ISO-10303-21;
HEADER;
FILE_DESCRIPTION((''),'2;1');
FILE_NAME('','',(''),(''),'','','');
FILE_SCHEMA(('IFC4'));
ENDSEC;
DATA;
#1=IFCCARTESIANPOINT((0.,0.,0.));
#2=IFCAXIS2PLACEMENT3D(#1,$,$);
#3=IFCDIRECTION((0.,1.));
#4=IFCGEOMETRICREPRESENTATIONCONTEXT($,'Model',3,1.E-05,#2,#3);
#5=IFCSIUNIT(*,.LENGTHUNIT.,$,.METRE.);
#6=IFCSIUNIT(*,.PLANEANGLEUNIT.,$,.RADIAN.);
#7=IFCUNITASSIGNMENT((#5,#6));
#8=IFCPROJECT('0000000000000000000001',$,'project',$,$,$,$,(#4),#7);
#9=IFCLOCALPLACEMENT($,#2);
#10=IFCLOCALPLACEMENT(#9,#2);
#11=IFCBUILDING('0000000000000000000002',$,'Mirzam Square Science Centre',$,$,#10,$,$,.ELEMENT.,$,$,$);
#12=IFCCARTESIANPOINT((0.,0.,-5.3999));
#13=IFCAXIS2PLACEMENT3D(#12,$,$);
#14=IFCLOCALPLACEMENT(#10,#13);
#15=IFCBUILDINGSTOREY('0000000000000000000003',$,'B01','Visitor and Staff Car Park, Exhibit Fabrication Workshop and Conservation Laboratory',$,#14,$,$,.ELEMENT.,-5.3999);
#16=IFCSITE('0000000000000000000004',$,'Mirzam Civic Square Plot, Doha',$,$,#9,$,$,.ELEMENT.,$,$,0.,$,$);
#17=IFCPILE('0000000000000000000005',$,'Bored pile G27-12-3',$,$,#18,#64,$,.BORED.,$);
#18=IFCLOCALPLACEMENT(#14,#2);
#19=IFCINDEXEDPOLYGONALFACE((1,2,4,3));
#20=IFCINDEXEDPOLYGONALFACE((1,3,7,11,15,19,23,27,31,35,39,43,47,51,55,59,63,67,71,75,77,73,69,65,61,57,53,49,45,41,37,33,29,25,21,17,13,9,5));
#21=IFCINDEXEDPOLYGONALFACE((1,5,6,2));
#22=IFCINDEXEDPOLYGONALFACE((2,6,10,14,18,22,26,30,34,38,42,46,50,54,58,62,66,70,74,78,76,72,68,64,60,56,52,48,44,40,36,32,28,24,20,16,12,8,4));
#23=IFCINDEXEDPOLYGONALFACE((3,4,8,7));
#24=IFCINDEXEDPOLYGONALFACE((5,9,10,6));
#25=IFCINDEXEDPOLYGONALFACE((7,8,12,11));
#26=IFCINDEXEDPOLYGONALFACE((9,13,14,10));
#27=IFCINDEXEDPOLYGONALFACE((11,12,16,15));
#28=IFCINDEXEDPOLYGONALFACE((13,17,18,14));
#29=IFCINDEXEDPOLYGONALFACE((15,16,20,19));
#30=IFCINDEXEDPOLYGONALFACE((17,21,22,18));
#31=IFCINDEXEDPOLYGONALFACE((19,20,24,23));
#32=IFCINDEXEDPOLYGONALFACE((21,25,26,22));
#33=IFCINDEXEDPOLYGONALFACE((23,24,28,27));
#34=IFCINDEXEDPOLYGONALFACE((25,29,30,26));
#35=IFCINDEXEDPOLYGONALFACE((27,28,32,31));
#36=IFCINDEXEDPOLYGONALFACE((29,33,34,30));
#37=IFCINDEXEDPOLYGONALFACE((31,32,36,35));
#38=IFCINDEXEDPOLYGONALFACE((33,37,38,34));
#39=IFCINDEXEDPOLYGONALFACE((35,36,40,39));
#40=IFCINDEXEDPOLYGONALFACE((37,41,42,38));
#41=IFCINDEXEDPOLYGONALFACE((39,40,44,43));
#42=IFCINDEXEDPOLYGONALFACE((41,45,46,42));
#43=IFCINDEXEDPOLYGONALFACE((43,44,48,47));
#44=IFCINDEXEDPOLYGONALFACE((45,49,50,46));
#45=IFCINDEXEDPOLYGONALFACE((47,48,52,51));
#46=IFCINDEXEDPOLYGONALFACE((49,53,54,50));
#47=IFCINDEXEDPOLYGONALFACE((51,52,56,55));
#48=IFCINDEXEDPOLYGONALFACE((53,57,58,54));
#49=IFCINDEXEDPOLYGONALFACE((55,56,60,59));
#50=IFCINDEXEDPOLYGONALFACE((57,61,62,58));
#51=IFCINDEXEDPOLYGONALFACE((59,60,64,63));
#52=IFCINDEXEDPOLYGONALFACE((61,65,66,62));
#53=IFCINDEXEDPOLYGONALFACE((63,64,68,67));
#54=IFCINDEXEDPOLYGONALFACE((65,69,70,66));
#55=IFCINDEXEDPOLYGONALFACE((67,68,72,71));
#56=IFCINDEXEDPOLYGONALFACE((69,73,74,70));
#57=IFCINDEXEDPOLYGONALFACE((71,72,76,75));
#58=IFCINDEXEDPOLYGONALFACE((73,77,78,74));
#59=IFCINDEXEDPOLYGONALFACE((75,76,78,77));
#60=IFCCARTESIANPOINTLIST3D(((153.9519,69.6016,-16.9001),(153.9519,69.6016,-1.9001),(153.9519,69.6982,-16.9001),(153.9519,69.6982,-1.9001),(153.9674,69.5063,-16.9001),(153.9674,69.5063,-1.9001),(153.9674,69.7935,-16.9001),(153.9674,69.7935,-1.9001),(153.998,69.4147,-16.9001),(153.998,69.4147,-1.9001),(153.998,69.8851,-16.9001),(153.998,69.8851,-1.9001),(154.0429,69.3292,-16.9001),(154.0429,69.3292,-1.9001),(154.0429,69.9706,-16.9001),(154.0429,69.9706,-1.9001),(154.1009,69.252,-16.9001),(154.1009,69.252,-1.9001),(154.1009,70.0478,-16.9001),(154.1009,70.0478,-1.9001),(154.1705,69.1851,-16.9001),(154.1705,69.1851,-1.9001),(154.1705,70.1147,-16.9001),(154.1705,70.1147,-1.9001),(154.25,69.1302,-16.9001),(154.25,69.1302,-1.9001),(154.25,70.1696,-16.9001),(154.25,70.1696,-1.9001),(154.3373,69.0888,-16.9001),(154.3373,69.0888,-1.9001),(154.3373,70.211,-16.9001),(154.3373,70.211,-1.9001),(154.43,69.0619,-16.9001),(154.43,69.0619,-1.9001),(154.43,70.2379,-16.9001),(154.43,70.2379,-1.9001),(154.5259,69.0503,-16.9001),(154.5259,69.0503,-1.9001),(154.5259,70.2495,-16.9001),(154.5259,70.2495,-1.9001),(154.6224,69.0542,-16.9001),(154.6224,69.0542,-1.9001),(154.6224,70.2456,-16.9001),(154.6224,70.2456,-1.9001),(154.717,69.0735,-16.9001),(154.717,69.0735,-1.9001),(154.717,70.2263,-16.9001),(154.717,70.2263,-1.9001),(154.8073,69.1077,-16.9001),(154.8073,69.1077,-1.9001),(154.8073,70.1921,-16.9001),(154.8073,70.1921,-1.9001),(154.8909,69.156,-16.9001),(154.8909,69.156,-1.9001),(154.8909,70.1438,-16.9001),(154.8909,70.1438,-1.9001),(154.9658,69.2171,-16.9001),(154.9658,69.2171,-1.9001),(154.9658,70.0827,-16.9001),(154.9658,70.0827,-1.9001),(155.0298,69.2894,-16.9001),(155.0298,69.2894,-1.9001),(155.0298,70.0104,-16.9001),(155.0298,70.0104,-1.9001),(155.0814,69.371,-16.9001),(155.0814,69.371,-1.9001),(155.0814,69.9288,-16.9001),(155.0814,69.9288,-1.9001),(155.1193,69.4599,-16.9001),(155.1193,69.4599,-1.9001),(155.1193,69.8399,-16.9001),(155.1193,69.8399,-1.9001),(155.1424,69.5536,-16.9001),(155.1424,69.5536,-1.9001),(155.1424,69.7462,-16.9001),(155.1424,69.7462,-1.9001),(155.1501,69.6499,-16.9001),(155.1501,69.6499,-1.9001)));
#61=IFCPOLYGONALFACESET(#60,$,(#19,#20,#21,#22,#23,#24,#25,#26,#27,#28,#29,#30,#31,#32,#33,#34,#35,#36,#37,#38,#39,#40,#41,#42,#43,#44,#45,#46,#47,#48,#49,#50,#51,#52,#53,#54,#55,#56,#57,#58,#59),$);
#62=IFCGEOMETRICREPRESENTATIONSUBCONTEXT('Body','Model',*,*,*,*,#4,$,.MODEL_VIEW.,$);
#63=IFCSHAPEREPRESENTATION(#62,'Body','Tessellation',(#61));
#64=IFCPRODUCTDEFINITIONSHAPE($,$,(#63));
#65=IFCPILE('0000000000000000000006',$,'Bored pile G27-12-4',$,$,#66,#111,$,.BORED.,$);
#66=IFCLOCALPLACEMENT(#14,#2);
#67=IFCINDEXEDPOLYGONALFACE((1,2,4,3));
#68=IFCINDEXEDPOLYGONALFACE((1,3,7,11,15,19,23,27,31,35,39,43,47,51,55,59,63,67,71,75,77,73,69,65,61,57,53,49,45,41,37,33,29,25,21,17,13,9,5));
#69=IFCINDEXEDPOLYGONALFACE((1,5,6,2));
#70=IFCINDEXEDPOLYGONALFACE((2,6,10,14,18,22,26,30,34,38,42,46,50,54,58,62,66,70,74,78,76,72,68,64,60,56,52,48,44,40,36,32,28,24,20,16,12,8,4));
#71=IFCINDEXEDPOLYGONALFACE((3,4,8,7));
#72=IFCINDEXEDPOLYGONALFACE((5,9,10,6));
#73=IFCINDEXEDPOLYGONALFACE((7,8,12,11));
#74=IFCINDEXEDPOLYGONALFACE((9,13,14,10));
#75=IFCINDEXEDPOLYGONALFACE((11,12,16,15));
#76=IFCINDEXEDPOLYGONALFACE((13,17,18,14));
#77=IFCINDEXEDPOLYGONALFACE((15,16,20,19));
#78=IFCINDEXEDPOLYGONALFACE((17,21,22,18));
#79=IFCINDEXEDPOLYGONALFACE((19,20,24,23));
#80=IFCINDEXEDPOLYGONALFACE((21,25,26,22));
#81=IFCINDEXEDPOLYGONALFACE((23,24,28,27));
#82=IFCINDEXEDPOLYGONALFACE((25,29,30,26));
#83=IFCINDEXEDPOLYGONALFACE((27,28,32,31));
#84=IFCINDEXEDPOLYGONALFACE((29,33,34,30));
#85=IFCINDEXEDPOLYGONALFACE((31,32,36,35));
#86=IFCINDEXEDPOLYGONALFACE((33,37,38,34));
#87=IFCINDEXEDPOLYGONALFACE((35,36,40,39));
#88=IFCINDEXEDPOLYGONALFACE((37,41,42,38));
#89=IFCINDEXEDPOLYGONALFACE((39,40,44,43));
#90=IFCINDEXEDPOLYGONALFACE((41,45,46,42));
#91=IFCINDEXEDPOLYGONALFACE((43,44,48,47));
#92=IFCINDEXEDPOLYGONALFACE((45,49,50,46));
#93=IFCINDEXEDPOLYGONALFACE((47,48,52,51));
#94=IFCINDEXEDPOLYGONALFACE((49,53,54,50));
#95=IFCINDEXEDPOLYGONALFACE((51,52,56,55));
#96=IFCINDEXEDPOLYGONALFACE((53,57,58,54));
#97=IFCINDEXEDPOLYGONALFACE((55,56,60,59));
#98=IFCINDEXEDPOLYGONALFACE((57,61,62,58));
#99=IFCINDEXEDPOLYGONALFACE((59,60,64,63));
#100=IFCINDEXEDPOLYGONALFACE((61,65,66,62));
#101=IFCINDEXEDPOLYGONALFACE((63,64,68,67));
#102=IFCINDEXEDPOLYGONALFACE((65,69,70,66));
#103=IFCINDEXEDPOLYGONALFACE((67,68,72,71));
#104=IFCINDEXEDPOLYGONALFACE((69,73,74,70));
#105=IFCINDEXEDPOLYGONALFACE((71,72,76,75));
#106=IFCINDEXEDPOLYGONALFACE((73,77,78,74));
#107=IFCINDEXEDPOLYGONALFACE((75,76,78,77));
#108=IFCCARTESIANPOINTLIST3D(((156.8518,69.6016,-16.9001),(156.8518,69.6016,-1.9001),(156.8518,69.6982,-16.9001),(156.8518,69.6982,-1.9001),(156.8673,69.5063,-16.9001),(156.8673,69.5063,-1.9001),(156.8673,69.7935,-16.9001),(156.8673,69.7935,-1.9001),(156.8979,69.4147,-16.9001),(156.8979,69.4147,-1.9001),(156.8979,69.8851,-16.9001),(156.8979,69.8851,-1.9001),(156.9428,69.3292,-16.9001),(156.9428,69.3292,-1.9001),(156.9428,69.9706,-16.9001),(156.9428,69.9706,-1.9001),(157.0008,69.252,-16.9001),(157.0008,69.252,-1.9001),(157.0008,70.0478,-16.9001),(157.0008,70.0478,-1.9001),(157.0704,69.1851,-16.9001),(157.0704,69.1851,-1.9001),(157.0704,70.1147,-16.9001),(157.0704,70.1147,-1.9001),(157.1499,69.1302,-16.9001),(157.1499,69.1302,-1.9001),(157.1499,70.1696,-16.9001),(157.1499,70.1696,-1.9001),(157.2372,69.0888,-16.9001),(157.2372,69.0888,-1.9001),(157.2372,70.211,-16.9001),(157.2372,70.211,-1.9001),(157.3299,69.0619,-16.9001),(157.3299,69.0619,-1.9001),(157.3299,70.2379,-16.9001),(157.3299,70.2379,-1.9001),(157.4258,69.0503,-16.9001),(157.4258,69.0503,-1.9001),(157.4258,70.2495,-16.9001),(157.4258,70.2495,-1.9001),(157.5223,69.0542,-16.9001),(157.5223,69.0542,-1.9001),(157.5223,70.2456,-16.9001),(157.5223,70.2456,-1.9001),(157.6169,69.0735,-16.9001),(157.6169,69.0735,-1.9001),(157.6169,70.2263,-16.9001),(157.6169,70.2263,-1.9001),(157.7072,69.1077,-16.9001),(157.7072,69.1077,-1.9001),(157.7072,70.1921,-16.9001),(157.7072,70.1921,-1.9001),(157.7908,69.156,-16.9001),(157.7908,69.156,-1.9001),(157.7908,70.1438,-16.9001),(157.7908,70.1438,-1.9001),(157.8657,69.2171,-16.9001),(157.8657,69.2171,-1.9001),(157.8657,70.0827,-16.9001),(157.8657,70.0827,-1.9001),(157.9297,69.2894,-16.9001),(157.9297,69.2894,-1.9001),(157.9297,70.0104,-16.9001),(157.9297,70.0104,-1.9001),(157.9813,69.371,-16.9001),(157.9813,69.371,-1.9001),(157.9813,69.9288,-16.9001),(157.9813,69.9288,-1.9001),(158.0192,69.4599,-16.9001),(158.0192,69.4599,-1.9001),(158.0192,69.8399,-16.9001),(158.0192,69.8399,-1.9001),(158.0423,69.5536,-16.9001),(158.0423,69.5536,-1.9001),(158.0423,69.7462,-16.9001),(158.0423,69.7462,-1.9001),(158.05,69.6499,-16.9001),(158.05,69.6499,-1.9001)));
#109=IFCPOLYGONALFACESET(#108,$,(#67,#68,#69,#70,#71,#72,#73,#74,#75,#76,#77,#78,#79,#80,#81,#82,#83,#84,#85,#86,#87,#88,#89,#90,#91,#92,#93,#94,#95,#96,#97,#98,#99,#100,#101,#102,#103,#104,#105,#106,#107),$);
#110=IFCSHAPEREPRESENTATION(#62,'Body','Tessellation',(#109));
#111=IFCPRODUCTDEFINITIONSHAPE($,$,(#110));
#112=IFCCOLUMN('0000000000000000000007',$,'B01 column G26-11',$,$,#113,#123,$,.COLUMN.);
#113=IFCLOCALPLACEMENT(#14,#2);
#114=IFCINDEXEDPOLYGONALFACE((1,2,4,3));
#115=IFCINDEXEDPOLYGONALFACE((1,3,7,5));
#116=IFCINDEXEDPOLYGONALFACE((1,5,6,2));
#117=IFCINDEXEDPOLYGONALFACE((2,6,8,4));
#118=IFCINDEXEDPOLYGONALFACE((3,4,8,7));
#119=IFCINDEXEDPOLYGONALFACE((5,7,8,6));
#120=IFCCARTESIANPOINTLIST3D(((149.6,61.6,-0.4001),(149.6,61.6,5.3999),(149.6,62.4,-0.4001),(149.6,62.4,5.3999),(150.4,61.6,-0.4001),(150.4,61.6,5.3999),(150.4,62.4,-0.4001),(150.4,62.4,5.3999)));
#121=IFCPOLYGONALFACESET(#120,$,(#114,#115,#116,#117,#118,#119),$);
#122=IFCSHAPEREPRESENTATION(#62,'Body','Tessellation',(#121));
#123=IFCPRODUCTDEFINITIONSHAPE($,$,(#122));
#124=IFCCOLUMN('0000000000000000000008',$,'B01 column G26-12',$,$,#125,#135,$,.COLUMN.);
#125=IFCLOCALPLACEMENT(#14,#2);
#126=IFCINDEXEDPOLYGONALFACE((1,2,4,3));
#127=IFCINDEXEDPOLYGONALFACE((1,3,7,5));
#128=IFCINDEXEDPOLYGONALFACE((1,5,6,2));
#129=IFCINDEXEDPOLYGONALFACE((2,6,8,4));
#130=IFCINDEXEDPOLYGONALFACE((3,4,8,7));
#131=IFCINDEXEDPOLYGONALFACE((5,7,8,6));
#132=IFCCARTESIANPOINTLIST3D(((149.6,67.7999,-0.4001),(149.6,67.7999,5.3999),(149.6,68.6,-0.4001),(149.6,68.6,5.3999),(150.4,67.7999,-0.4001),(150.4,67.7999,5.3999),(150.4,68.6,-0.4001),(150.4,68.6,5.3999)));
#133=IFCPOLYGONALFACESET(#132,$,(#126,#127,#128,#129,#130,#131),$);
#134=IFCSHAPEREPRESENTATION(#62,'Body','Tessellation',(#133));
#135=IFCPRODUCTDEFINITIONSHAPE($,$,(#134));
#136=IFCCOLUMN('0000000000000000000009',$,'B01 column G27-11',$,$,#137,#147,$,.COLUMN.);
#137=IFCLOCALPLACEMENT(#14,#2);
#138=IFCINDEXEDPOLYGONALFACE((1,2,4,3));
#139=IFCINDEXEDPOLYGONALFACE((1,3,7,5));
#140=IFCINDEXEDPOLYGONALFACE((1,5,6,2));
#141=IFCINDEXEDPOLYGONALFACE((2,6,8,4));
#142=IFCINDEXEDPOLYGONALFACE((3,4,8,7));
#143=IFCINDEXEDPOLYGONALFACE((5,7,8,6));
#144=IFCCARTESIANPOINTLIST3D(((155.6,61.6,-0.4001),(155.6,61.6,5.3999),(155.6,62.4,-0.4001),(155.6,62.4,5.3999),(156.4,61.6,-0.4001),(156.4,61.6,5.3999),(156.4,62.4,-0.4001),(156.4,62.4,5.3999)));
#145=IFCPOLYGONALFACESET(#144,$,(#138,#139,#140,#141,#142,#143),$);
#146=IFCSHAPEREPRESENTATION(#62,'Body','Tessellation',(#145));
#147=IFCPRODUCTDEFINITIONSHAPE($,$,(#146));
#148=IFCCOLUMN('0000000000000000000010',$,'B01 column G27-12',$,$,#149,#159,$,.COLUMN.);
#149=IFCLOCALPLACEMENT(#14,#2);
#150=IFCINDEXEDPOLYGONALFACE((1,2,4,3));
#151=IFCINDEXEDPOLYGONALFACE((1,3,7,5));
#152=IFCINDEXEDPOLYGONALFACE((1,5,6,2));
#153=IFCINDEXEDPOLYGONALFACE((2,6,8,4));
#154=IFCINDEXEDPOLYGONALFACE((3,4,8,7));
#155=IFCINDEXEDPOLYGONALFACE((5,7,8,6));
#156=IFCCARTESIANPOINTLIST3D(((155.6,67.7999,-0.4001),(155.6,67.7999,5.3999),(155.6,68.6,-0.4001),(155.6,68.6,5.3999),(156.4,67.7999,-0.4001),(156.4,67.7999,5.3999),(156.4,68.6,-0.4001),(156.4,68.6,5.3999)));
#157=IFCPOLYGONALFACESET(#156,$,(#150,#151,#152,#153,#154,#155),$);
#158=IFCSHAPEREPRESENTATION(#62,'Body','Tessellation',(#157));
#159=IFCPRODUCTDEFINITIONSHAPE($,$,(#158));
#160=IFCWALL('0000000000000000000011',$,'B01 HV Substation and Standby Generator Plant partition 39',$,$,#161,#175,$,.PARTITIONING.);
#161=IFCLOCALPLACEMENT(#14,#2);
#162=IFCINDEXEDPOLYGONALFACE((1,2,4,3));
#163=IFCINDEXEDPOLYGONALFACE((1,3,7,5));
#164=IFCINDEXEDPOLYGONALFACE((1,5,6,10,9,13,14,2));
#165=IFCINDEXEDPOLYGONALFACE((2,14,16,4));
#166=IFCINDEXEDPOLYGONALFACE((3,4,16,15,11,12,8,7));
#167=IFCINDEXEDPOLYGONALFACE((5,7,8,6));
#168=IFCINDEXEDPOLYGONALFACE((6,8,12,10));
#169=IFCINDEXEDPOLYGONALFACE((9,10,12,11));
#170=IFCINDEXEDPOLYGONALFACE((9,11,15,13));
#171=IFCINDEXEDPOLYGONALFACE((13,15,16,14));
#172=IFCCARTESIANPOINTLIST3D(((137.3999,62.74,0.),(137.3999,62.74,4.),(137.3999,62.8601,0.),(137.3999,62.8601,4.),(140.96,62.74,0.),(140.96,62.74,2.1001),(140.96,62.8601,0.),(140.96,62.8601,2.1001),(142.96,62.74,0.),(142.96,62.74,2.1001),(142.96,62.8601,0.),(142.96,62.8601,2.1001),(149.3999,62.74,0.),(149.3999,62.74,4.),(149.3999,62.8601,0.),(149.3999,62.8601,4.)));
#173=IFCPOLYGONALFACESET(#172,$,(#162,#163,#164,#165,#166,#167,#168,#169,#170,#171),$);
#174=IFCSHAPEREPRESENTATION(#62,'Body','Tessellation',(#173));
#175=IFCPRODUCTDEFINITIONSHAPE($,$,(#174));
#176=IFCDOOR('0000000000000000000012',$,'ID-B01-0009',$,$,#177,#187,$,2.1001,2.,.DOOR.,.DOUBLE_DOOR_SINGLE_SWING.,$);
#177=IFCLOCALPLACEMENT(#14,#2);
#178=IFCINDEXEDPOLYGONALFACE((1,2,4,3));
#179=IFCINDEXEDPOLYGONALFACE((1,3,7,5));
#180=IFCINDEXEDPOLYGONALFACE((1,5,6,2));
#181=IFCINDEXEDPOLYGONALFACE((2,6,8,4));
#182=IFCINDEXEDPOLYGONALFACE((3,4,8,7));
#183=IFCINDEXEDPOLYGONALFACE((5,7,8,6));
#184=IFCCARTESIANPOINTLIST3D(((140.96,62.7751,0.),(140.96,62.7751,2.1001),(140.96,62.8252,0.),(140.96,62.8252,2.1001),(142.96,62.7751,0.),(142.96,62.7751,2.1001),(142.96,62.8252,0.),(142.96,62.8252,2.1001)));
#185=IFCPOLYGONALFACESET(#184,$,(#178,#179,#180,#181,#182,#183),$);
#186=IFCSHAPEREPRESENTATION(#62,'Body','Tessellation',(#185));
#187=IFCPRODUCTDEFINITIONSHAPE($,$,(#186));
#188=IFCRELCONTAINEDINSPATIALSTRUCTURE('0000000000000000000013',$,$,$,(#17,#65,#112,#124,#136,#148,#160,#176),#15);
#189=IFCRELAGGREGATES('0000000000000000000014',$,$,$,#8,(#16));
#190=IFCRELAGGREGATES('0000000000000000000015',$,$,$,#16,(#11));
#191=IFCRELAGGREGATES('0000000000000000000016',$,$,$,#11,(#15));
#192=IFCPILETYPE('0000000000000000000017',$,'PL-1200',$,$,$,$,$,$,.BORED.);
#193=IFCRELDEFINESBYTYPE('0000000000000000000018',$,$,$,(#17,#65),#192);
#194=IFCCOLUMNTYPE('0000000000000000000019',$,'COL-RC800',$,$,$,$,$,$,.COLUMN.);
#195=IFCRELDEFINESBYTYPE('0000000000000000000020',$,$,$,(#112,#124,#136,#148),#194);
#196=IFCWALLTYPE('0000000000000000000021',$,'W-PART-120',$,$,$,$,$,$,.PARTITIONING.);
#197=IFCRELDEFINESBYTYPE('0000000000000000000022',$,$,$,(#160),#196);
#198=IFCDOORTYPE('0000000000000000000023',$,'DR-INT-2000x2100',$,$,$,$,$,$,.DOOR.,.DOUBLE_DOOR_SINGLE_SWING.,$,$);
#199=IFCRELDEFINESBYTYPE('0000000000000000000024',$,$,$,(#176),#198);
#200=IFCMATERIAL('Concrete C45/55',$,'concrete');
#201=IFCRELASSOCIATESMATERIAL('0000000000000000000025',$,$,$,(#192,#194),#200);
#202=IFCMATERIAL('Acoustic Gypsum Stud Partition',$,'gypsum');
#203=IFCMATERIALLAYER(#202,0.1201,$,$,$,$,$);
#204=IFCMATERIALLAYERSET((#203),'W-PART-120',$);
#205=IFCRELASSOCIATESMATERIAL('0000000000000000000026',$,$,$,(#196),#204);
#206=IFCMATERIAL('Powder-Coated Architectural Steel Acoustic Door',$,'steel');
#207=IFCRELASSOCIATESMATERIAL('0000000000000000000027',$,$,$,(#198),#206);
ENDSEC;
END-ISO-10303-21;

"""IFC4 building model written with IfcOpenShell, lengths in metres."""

from ifc_helpers import new_model, si_unit, direction, frame, frame_2d, origin, origin_2d, place, context, subcontext, project, spatial, rectangle, circle, extrude, material, layer, layer_set, material_profile, profile_set, type_object, element, fill, save


model = new_model("IFC4")

# Units and contexts
model_context = context("Model", 3, precision=1e-05, world=origin(), true_north=direction((0.0, 1.0)))
body_context = subcontext(model_context, "Body", "Model", "MODEL_VIEW")
ifc_project = project(units=[si_unit("LENGTHUNIT", "METRE"), si_unit("PLANEANGLEUNIT", "RADIAN")], contexts=[model_context])

# Site, building, storey
site_placement = place(None, origin())
site = spatial("IfcSite", under=ifc_project, at=site_placement, Name="Mirzam Civic Square Plot, Doha", CompositionType="ELEMENT", RefElevation=0.0)
building_placement = place(site_placement, origin())
building = spatial("IfcBuilding", under=site, at=building_placement, Name="Mirzam Square Science Centre", CompositionType="ELEMENT")
storey_placement = place(building_placement, frame((0.0, 0.0, -5.3999)))
storey = spatial("IfcBuildingStorey", under=building, at=storey_placement, Name="B01", Description="Visitor and Staff Car Park, Exhibit Fabrication Workshop and Conservation Laboratory", CompositionType="ELEMENT", Elevation=-5.3999)

# Shared definitions
ifc_material_1 = material(Name="Concrete C45/55", Category="concrete")

# Piles
ifc_material_profile_1 = material_profile(ifc_material_1, circle(Radius=0.6001, at=origin_2d()), Name="PILE-D1200")
ifc_profile_set_1 = profile_set([ifc_material_profile_1], Name="Concrete C45/55")
pile_type_1 = type_object("IfcPileType", Name="PL-1200", PredefinedType="BORED", material=ifc_profile_set_1)
for number, where, z_axis, x_axis, name in (
    (1, (154.55, 69.6499, -1.9001), (0.0, 0.0, -1.0), (1.0, 0.0, 0.0), "Bored pile G27-12-3"),
    (2, (157.45, 69.6499, -1.9001), (0.0, 0.0, -1.0), (1.0, 0.0, 0.0), "Bored pile G27-12-4"),
):
    element("IfcPile", number, at=place(storey_placement, frame(where, z_axis=z_axis, x_axis=x_axis)), inside=storey, type_object=pile_type_1, Name=name, PredefinedType="BORED", context=body_context, shape_type="SweptSolid", body=[
        extrude(circle(Radius=0.6001, at=origin_2d()), origin(), (0.0, 0.0, 1.0), 15.0),
    ])

# Columns
ifc_material_profile_2 = material_profile(ifc_material_1, rectangle(XDim=0.8, YDim=0.8, at=origin_2d()), Name="RC800x800")
ifc_profile_set_2 = profile_set([ifc_material_profile_2], Name="Concrete C45/55")
column_type = type_object("IfcColumnType", Name="COL-RC800", PredefinedType="COLUMN", material=ifc_profile_set_2)
for number, where, z_axis, x_axis, name in (
    (3, (150.0, 62.0, -0.4001), (0.0, 0.0, 1.0), (1.0, 0.0, 0.0), "B01 column G26-11"),
    (4, (150.0, 68.2, -0.4001), (0.0, 0.0, 1.0), (1.0, 0.0, 0.0), "B01 column G26-12"),
    (5, (156.0, 62.0, -0.4001), (0.0, 0.0, 1.0), (1.0, 0.0, 0.0), "B01 column G27-11"),
    (6, (156.0, 68.2, -0.4001), (0.0, 0.0, 1.0), (1.0, 0.0, 0.0), "B01 column G27-12"),
):
    element("IfcColumn", number, at=place(storey_placement, frame(where, z_axis=z_axis, x_axis=x_axis)), inside=storey, type_object=column_type, Name=name, PredefinedType="COLUMN", context=body_context, shape_type="SweptSolid", body=[
        extrude(rectangle(XDim=0.8, YDim=0.8, at=origin_2d()), origin(), (0.0, 0.0, 1.0), 5.8),
    ])

# Wall, opening, door
ifc_material_2 = material(Name="Acoustic Gypsum Stud Partition", Category="gypsum")
ifc_layer_1 = layer(ifc_material_2, 0.1201)
ifc_layer_set_1 = layer_set([ifc_layer_1], Name="W-PART-120")
wall_type = type_object("IfcWallType", Name="W-PART-120", PredefinedType="PARTITIONING", material=ifc_layer_set_1)
wall_placement = place(storey_placement, frame((149.3999, 62.8, 0.0), z_axis=(0.0, 0.0, 1.0), x_axis=(-1.0, 0.0, 0.0)))
wall = element("IfcWall", 7, at=wall_placement, inside=storey, type_object=wall_type, Name="B01 HV Substation and Standby Generator Plant partition 39", PredefinedType="PARTITIONING", context=body_context, shape_type="SweptSolid", body=[
    extrude(rectangle(XDim=12.0, YDim=0.1201, at=frame_2d((6.0, 0.0))), origin(), (0.0, 0.0, 1.0), 4.0),
])
opening_placement = place(wall_placement, frame((6.4399, 0.0, 0.0)))
opening = element("IfcOpeningElement", 8, at=opening_placement, cuts=wall, PredefinedType="OPENING", context=body_context, shape_type="SweptSolid", body=[
    extrude(rectangle(XDim=2.0, YDim=2.1001, at=frame_2d((1.0, 1.05))), frame((0.0, 0.0701, 0.0), z_axis=(0.0, -1.0, 0.0), x_axis=(1.0, 0.0, 0.0)), (0.0, 0.0, 1.0), 0.1401),
])
ifc_material_3 = material(Name="Powder-Coated Architectural Steel Acoustic Door", Category="steel")
door_type = type_object("IfcDoorType", Name="DR-INT-2000x2100", OperationType="DOUBLE_DOOR_SINGLE_SWING", PredefinedType="DOOR", material=ifc_material_3)
door_placement = place(opening_placement, origin())
door = element("IfcDoor", 9, at=door_placement, inside=storey, type_object=door_type, Name="ID-B01-0009", OperationType="DOUBLE_DOOR_SINGLE_SWING", OverallHeight=2.1001, OverallWidth=2.0, PredefinedType="DOOR", context=body_context, shape_type="SweptSolid", body=[
    extrude(rectangle(XDim=2.0, YDim=2.1001, at=frame_2d((1.0, 1.05))), frame((0.0, 0.0249, 0.0), z_axis=(0.0, -1.0, 0.0), x_axis=(1.0, 0.0, 0.0)), (0.0, 0.0, 1.0), 0.05),
])
fill(opening, door)

save(model, "model.ifc")
